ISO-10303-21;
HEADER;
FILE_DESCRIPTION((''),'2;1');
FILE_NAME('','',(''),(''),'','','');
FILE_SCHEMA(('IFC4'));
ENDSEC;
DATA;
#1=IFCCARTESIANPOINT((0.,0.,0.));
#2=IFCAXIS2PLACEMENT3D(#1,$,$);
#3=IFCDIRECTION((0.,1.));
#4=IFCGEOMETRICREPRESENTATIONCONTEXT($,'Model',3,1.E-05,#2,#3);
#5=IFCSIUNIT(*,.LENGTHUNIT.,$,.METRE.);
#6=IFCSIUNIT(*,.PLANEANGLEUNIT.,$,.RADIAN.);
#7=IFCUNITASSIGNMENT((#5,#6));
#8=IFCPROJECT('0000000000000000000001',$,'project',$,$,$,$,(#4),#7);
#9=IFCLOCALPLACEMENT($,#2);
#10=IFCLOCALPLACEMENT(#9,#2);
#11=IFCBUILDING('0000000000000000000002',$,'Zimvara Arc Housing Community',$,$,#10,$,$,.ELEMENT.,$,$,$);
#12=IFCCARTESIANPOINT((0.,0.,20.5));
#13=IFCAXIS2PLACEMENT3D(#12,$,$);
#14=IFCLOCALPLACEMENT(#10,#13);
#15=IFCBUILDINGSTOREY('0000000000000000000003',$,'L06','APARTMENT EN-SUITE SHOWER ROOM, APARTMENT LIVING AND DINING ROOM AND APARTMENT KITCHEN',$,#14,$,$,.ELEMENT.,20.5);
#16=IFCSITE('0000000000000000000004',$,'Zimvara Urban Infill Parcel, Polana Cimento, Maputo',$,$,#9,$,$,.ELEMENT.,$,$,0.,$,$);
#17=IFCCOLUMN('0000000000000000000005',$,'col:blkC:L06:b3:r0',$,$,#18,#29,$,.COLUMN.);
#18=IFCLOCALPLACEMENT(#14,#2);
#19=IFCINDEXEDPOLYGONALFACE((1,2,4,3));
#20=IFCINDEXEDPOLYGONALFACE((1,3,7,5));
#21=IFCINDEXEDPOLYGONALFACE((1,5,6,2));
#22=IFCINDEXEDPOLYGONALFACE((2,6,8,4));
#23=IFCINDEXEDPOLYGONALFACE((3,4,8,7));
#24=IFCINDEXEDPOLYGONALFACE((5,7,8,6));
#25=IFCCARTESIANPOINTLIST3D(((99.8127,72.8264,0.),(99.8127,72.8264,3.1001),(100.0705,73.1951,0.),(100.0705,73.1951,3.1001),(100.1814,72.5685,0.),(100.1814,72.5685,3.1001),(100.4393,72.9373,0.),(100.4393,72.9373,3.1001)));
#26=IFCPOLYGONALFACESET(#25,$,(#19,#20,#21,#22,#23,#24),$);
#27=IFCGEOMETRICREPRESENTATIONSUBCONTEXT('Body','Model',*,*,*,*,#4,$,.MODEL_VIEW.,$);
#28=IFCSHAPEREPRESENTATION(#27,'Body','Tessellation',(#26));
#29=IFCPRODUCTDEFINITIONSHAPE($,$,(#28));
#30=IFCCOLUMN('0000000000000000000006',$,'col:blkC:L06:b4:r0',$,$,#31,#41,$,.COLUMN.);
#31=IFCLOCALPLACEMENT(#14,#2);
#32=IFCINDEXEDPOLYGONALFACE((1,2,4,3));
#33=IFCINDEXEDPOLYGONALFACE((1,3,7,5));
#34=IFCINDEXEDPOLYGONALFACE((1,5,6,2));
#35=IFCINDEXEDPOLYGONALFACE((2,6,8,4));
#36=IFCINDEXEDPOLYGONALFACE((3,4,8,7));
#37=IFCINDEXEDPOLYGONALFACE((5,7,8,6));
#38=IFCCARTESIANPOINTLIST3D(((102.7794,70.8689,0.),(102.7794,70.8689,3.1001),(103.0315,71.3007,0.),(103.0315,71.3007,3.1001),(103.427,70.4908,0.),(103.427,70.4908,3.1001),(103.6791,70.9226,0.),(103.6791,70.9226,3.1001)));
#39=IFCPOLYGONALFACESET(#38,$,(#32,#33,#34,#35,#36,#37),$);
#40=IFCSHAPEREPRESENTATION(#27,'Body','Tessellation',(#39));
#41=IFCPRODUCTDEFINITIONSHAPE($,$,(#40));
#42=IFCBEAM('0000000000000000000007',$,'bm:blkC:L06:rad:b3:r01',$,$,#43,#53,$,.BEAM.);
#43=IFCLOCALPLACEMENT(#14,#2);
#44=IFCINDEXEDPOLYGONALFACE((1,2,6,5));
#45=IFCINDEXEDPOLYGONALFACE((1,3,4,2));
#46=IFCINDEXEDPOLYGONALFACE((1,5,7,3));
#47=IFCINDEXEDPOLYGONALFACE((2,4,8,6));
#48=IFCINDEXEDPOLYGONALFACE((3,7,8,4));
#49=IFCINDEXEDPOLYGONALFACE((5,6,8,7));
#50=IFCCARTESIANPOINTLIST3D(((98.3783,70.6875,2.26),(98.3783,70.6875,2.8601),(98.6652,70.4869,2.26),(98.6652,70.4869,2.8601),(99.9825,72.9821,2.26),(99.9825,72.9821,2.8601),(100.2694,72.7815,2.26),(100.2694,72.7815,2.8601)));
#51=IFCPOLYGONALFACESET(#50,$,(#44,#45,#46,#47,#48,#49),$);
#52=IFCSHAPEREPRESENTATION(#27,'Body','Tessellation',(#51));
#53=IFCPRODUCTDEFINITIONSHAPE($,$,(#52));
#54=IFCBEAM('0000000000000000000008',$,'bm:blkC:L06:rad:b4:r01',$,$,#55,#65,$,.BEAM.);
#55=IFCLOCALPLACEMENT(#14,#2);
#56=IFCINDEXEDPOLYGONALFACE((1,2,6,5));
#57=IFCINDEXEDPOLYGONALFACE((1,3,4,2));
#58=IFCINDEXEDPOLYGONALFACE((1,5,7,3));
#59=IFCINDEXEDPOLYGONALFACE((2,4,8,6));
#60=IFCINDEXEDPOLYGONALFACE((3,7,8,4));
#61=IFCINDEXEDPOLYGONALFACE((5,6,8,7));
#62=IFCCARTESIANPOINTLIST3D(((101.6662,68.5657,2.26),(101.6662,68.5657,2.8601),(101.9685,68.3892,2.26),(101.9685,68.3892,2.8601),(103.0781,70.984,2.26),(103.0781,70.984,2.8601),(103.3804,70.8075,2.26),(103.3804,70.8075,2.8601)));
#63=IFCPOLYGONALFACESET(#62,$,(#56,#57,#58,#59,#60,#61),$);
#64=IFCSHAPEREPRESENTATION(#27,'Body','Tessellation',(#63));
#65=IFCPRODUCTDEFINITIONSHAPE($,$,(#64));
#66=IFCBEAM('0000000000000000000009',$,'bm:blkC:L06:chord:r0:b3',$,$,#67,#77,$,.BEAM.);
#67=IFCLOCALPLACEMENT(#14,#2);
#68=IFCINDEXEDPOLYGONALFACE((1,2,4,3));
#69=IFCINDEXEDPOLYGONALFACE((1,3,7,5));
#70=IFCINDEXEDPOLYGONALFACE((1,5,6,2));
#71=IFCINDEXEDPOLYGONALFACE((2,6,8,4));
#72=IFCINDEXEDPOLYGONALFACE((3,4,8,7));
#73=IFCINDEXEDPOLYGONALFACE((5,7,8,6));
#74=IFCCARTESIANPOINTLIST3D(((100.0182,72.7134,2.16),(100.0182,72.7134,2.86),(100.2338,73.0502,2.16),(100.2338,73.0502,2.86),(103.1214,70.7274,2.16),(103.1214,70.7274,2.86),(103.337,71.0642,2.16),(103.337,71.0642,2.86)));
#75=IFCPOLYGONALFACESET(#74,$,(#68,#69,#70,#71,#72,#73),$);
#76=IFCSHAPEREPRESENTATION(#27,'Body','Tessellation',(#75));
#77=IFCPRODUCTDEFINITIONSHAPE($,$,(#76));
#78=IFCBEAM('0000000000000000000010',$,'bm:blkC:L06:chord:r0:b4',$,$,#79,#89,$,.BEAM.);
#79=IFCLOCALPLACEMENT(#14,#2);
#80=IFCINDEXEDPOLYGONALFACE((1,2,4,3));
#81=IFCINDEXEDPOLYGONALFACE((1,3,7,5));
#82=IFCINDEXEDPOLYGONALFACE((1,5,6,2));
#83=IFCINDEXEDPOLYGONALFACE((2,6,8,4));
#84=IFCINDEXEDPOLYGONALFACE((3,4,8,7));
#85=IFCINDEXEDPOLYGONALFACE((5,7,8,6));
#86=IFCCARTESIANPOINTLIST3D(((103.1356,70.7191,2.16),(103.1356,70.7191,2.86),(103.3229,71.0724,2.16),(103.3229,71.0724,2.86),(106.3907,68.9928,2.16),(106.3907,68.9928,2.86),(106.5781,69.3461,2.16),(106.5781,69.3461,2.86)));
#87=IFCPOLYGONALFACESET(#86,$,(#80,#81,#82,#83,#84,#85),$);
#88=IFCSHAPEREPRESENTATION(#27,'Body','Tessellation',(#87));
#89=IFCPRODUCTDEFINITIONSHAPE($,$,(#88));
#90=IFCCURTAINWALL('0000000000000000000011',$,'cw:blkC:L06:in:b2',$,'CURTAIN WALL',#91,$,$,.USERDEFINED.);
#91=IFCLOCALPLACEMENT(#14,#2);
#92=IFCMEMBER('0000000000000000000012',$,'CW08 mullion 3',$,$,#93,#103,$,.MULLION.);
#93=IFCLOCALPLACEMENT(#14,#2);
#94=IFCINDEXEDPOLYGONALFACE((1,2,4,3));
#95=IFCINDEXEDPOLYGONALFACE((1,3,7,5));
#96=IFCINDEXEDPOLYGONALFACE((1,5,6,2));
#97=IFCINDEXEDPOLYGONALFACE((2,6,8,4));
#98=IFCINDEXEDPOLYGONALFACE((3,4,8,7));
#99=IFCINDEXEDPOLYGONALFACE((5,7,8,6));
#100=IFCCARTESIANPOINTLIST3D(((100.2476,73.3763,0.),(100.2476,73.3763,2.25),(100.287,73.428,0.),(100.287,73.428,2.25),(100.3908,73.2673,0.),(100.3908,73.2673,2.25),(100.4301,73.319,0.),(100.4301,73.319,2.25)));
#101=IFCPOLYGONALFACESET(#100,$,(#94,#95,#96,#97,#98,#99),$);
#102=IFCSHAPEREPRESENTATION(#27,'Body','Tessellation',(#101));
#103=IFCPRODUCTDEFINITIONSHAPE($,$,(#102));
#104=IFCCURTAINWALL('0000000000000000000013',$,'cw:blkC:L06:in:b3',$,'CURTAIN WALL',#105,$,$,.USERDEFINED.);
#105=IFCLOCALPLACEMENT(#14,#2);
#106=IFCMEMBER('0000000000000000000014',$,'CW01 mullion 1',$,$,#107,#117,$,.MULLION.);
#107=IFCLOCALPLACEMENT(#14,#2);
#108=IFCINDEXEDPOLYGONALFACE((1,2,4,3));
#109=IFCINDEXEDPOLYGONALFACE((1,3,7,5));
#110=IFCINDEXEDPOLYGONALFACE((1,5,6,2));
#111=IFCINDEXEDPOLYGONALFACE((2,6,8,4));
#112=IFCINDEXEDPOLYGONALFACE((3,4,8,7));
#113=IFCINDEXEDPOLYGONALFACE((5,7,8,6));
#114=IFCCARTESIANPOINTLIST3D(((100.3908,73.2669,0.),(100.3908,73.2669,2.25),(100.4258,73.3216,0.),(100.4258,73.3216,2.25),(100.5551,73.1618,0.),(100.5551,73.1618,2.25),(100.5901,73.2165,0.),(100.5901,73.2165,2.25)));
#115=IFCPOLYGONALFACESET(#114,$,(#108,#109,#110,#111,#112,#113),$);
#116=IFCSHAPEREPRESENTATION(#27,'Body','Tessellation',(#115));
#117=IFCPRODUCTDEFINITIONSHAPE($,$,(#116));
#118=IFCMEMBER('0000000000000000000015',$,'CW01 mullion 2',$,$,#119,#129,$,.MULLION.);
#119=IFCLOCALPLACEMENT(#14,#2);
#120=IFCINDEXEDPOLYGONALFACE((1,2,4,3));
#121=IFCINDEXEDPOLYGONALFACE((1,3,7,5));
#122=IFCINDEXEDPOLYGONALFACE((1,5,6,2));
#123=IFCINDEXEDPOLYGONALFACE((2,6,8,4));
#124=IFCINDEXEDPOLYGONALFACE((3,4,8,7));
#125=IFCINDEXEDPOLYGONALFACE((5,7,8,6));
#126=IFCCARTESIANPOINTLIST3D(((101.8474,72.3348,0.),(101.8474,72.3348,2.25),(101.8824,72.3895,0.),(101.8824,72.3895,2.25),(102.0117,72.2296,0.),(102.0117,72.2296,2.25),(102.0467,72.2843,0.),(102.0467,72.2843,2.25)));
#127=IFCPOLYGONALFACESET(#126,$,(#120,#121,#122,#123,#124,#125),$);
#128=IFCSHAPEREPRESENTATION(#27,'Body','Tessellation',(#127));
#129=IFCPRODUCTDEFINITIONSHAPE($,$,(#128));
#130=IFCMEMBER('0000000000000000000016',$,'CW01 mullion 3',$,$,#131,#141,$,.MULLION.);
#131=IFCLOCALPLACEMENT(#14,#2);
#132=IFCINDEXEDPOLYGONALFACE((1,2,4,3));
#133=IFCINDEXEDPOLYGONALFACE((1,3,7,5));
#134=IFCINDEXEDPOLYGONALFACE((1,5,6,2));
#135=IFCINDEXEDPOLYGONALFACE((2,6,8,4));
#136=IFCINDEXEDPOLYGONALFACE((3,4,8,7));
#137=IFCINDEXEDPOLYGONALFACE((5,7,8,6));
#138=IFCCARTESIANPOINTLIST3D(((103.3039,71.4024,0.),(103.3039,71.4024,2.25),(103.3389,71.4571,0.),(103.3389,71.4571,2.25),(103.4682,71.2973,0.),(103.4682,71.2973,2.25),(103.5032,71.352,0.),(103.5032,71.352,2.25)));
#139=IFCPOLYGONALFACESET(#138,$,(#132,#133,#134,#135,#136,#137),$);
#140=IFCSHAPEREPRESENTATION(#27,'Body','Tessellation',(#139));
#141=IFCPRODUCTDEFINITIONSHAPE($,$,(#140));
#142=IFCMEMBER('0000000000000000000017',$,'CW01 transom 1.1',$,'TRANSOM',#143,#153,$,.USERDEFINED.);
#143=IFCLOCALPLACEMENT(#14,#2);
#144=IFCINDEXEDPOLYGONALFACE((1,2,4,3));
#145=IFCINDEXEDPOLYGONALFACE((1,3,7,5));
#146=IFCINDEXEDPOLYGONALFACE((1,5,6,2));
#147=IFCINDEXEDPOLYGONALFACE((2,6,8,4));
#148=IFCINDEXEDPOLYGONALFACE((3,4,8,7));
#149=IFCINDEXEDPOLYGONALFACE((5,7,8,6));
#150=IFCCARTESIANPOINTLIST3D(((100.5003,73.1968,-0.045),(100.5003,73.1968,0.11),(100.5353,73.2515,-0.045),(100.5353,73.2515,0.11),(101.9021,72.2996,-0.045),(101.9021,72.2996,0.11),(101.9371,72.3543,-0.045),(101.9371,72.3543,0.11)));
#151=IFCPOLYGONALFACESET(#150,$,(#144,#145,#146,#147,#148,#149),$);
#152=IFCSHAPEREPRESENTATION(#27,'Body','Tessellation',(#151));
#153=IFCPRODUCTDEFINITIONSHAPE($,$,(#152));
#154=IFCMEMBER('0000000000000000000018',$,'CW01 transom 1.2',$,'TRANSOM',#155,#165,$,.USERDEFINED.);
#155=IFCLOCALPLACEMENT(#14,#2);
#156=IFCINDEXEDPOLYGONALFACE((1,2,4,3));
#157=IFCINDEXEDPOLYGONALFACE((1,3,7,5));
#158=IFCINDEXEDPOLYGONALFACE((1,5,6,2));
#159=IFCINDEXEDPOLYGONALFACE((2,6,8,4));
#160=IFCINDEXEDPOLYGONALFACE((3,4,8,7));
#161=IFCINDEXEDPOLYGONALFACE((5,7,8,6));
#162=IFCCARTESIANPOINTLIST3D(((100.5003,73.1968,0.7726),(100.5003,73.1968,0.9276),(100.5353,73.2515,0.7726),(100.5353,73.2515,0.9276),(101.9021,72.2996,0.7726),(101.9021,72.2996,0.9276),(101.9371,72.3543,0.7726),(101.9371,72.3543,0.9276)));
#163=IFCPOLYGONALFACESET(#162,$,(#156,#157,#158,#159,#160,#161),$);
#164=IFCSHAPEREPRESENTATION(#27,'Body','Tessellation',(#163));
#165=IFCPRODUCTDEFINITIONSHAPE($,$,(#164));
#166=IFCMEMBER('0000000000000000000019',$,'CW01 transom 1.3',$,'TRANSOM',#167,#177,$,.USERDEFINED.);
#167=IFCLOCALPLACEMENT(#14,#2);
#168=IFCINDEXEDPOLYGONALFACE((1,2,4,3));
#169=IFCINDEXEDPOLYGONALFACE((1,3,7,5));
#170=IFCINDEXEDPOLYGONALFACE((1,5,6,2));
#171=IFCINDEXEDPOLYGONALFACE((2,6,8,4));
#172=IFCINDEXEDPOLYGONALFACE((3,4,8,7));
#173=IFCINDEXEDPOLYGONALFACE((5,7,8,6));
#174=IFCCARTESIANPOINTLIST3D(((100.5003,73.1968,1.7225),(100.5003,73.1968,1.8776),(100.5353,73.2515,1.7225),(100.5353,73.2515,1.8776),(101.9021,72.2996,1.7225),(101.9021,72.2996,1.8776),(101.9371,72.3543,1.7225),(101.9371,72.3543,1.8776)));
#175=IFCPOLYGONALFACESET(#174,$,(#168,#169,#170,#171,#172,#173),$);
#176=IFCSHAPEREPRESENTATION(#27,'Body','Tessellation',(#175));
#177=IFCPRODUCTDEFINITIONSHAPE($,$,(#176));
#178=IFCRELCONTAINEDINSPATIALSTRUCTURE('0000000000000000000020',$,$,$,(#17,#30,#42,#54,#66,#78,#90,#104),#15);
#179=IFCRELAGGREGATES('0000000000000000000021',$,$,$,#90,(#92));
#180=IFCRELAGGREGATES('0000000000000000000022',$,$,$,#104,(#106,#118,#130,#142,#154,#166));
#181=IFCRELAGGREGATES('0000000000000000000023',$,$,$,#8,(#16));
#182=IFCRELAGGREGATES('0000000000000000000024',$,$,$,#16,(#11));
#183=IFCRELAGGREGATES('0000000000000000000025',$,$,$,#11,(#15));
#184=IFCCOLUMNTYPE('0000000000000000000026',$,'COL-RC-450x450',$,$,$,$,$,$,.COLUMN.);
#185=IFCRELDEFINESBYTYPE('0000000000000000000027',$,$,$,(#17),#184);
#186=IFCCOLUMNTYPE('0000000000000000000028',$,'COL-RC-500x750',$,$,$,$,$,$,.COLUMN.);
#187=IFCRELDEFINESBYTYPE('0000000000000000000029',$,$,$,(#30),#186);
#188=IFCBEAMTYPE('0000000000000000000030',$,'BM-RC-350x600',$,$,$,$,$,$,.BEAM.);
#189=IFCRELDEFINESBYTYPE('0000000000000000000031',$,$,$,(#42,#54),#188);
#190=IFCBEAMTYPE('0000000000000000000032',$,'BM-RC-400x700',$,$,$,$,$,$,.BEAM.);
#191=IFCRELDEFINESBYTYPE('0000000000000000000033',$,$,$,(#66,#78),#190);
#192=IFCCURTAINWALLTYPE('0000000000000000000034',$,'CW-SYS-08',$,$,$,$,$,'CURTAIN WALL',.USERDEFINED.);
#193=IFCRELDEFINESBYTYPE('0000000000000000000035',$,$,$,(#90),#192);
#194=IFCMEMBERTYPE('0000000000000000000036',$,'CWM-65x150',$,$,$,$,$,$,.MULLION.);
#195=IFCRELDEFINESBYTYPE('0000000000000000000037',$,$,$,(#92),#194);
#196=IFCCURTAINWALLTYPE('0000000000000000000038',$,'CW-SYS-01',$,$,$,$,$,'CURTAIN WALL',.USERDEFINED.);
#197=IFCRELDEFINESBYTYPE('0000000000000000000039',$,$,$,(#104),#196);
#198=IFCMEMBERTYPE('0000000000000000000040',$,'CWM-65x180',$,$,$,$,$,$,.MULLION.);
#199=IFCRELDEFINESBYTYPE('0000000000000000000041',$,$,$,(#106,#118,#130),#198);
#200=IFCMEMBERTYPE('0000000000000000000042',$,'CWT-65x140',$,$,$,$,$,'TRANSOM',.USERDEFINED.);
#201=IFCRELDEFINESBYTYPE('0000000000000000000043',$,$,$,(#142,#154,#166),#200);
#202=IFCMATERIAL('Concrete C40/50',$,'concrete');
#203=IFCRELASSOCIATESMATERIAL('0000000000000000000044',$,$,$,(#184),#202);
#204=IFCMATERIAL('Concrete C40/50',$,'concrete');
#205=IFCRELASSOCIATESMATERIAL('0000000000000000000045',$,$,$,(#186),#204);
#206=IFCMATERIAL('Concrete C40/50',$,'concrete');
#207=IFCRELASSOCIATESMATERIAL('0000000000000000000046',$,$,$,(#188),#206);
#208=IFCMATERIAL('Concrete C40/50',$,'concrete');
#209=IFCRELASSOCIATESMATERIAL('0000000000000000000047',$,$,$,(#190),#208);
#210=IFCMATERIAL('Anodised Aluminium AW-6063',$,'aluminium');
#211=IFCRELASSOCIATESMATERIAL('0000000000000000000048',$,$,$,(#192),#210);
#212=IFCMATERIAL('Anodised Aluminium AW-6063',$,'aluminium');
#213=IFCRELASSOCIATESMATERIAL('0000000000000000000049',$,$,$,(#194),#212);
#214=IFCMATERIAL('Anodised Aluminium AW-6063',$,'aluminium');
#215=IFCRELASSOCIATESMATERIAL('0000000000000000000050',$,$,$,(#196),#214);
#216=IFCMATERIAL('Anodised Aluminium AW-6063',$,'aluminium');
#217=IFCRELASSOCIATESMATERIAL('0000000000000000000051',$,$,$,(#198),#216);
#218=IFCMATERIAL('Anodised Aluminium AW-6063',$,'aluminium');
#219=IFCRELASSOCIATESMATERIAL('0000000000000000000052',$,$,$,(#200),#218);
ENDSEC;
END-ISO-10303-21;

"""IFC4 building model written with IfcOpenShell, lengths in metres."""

from ifc_helpers import new_model, si_unit, direction, frame, origin, origin_2d, place, context, subcontext, project, spatial, rectangle, extrude, material, material_profile, profile_set, type_object, element, aggregate, save


model = new_model("IFC4")

# Units and contexts
model_context = context("Model", 3, precision=1e-05, world=origin(), true_north=direction((0.0, 1.0)))
body_context = subcontext(model_context, "Body", "Model", "MODEL_VIEW")
ifc_project = project(units=[si_unit("LENGTHUNIT", "METRE"), si_unit("PLANEANGLEUNIT", "RADIAN")], contexts=[model_context])

# Site, building, storey
site_placement = place(None, origin())
site = spatial("IfcSite", under=ifc_project, at=site_placement, Name="Zimvara Urban Infill Parcel, Polana Cimento, Maputo", CompositionType="ELEMENT", RefElevation=0.0)
building_placement = place(site_placement, origin())
building = spatial("IfcBuilding", under=site, at=building_placement, Name="Zimvara Arc Housing Community", CompositionType="ELEMENT")
storey_placement = place(building_placement, frame((0.0, 0.0, 20.5)))
storey = spatial("IfcBuildingStorey", under=building, at=storey_placement, Name="L06", Description="APARTMENT EN-SUITE SHOWER ROOM, APARTMENT LIVING AND DINING ROOM AND APARTMENT KITCHEN", CompositionType="ELEMENT", Elevation=20.5)

# Columns
ifc_material_1 = material(Name="Concrete C40/50", Category="concrete")
ifc_material_profile_1 = material_profile(ifc_material_1, rectangle(XDim=0.45, YDim=0.45, at=origin_2d()), Name="RC 450x450")
ifc_profile_set_1 = profile_set([ifc_material_profile_1], Name="Concrete C40/50")
column_type_1 = type_object("IfcColumnType", Name="COL-RC-450x450", PredefinedType="COLUMN", material=ifc_profile_set_1)
column_1_placement = place(storey_placement, frame((100.126, 72.8818, 0.0), z_axis=(0.0, 0.0, 1.0), x_axis=(-0.573004, -0.819552, 0.0)))
element("IfcColumn", 1, at=column_1_placement, inside=storey, type_object=column_type_1, Name="col:blkC:L06:b3:r0", PredefinedType="COLUMN", context=body_context, shape_type="SweptSolid", body=[
    extrude(rectangle(XDim=0.45, YDim=0.45, at=origin_2d()), origin(), (0.0, 0.0, 1.0), 3.1001),
])
ifc_material_2 = material(Name="Concrete C40/50", Category="concrete")
ifc_material_profile_2 = material_profile(ifc_material_2, rectangle(XDim=0.5, YDim=0.75, at=origin_2d()), Name="RC 500x750")
ifc_profile_set_2 = profile_set([ifc_material_profile_2], Name="Concrete C40/50")
column_type_2 = type_object("IfcColumnType", Name="COL-RC-500x750", PredefinedType="COLUMN", material=ifc_profile_set_2)
column_2_placement = place(storey_placement, frame((103.2292, 70.8958, 0.0), z_axis=(0.0, 0.0, 1.0), x_axis=(-0.504226, -0.863572, 0.0)))
element("IfcColumn", 2, at=column_2_placement, inside=storey, type_object=column_type_2, Name="col:blkC:L06:b4:r0", PredefinedType="COLUMN", context=body_context, shape_type="SweptSolid", body=[
    extrude(rectangle(XDim=0.5, YDim=0.75, at=origin_2d()), origin(), (0.0, 0.0, 1.0), 3.1001),
])

# Beams
ifc_material_3 = material(Name="Concrete C40/50", Category="concrete")
ifc_material_profile_3 = material_profile(ifc_material_3, rectangle(XDim=0.3501, YDim=0.6001, at=origin_2d()), Name="RC 350x600")
ifc_profile_set_3 = profile_set([ifc_material_profile_3], Name="Concrete C40/50")
beam_type_1 = type_object("IfcBeamType", Name="BM-RC-350x600", PredefinedType="BEAM", material=ifc_profile_set_3)
beam_1_placement = place(storey_placement, frame((100.126, 72.8818, 2.5601), z_axis=(-0.572977, -0.819572, 0.0), x_axis=(0.819572, -0.572977, 0.0)))
element("IfcBeam", 3, at=beam_1_placement, inside=storey, type_object=beam_type_1, Name="bm:blkC:L06:rad:b3:r01", PredefinedType="BEAM", context=body_context, shape_type="SweptSolid", body=[
    extrude(rectangle(XDim=0.3501, YDim=0.6001, at=origin_2d()), origin(), (0.0, 0.0, 1.0), 2.7998),
])
beam_2_placement = place(storey_placement, frame((103.2292, 70.8958, 2.5601), z_axis=(-0.504202, -0.863586, 0.0), x_axis=(0.863586, -0.504202, 0.0)))
element("IfcBeam", 4, at=beam_2_placement, inside=storey, type_object=beam_type_1, Name="bm:blkC:L06:rad:b4:r01", PredefinedType="BEAM", context=body_context, shape_type="SweptSolid", body=[
    extrude(rectangle(XDim=0.3501, YDim=0.6001, at=origin_2d()), origin(), (0.0, 0.0, 1.0), 2.8003),
])
ifc_material_4 = material(Name="Concrete C40/50", Category="concrete")
ifc_material_profile_4 = material_profile(ifc_material_4, rectangle(XDim=0.3999, YDim=0.7, at=origin_2d()), Name="RC 400x700")
ifc_profile_set_4 = profile_set([ifc_material_profile_4], Name="Concrete C40/50")
beam_type_2 = type_object("IfcBeamType", Name="BM-RC-400x700", PredefinedType="BEAM", material=ifc_profile_set_4)
beam_3_placement = place(storey_placement, frame((100.126, 72.8818, 2.51), z_axis=(0.842273, -0.539052, 0.0), x_axis=(0.539052, 0.842273, 0.0)))
element("IfcBeam", 5, at=beam_3_placement, inside=storey, type_object=beam_type_2, Name="bm:blkC:L06:chord:r0:b3", PredefinedType="BEAM", context=body_context, shape_type="SweptSolid", body=[
    extrude(rectangle(XDim=0.3999, YDim=0.7, at=origin_2d()), origin(), (0.0, 0.0, 1.0), 3.6843),
])
beam_4_placement = place(storey_placement, frame((103.2292, 70.8958, 2.51), z_axis=(0.883449, -0.468527, 0.0), x_axis=(0.468527, 0.883449, 0.0)))
element("IfcBeam", 6, at=beam_4_placement, inside=storey, type_object=beam_type_2, Name="bm:blkC:L06:chord:r0:b4", PredefinedType="BEAM", context=body_context, shape_type="SweptSolid", body=[
    extrude(rectangle(XDim=0.3999, YDim=0.7, at=origin_2d()), origin(), (0.0, 0.0, 1.0), 3.6846),
])

# Curtain wall, member
ifc_material_5 = material(Name="Anodised Aluminium AW-6063", Category="aluminium")
curtain_wall_type_1 = type_object("IfcCurtainWallType", Name="CW-SYS-08", ElementType="CURTAIN WALL", PredefinedType="USERDEFINED", material=ifc_material_5)
curtain_wall_1_placement = place(storey_placement, origin())
curtain_wall_1 = element("IfcCurtainWall", 7, at=curtain_wall_1_placement, inside=storey, type_object=curtain_wall_type_1, Name="cw:blkC:L06:in:b2", ObjectType="CURTAIN WALL", PredefinedType="USERDEFINED")
ifc_material_6 = material(Name="Anodised Aluminium AW-6063", Category="aluminium")
ifc_material_profile_5 = material_profile(ifc_material_6, rectangle(XDim=0.0649, YDim=0.1799, at=origin_2d()), Name="ALU 65x180")
ifc_profile_set_5 = profile_set([ifc_material_profile_5], Name="Anodised Aluminium AW-6063")
member_type_1 = type_object("IfcMemberType", Name="CWM-65x150", PredefinedType="MULLION", material=ifc_profile_set_5)
member_1_placement = place(storey_placement, frame((100.3389, 73.3477, 0.0), z_axis=(0.0, 0.0, 1.0), x_axis=(0.605988, 0.795474, 0.0)))
member_1 = element("IfcMember", 8, at=member_1_placement, type_object=member_type_1, Name="CW08 mullion 3", PredefinedType="MULLION", context=body_context, shape_type="SweptSolid", body=[
    extrude(rectangle(XDim=0.0649, YDim=0.1799, at=origin_2d()), origin(), (0.0, 0.0, 1.0), 2.25),
])

# Curtain wall, members
ifc_material_7 = material(Name="Anodised Aluminium AW-6063", Category="aluminium")
curtain_wall_type_2 = type_object("IfcCurtainWallType", Name="CW-SYS-01", ElementType="CURTAIN WALL", PredefinedType="USERDEFINED", material=ifc_material_7)
curtain_wall_2_placement = place(storey_placement, origin())
curtain_wall_2 = element("IfcCurtainWall", 9, at=curtain_wall_2_placement, inside=storey, type_object=curtain_wall_type_2, Name="cw:blkC:L06:in:b3", ObjectType="CURTAIN WALL", PredefinedType="USERDEFINED")
ifc_material_8 = material(Name="Anodised Aluminium AW-6063", Category="aluminium")
ifc_material_profile_6 = material_profile(ifc_material_8, rectangle(XDim=0.0649, YDim=0.1951, at=origin_2d()), Name="ALU 65x195")
ifc_profile_set_6 = profile_set([ifc_material_profile_6], Name="Anodised Aluminium AW-6063")
member_type_2 = type_object("IfcMemberType", Name="CWM-65x180", PredefinedType="MULLION", material=ifc_profile_set_6)
member_2_placement = place(storey_placement, frame((100.4905, 73.2417, 0.0), z_axis=(0.0, 0.0, 1.0), x_axis=(0.539064, 0.842265, 0.0)))
member_2 = element("IfcMember", 10, at=member_2_placement, type_object=member_type_2, Name="CW01 mullion 1", PredefinedType="MULLION", context=body_context, shape_type="SweptSolid", body=[
    extrude(rectangle(XDim=0.0649, YDim=0.1951, at=origin_2d()), origin(), (0.0, 0.0, 1.0), 2.25),
])
member_3_placement = place(storey_placement, frame((101.947, 72.3096, 0.0), z_axis=(0.0, 0.0, 1.0), x_axis=(0.539064, 0.842265, 0.0)))
member_3 = element("IfcMember", 11, at=member_3_placement, type_object=member_type_2, Name="CW01 mullion 2", PredefinedType="MULLION", context=body_context, shape_type="SweptSolid", body=[
    extrude(rectangle(XDim=0.0649, YDim=0.1951, at=origin_2d()), origin(), (0.0, 0.0, 1.0), 2.25),
])
member_4_placement = place(storey_placement, frame((103.4036, 71.3772, 0.0), z_axis=(0.0, 0.0, 1.0), x_axis=(0.539064, 0.842265, 0.0)))
member_4 = element("IfcMember", 12, at=member_4_placement, type_object=member_type_2, Name="CW01 mullion 3", PredefinedType="MULLION", context=body_context, shape_type="SweptSolid", body=[
    extrude(rectangle(XDim=0.0649, YDim=0.1951, at=origin_2d()), origin(), (0.0, 0.0, 1.0), 2.25),
])
ifc_material_9 = material(Name="Anodised Aluminium AW-6063", Category="aluminium")
ifc_material_profile_7 = material_profile(ifc_material_9, rectangle(XDim=0.0649, YDim=0.155, at=origin_2d()), Name="ALU 65x155")
ifc_profile_set_7 = profile_set([ifc_material_profile_7], Name="Anodised Aluminium AW-6063")
member_type_3 = type_object("IfcMemberType", Name="CWT-65x140", ElementType="TRANSOM", PredefinedType="USERDEFINED", material=ifc_profile_set_7)
member_5_placement = place(storey_placement, frame((100.5178, 73.2241, 0.0325), z_axis=(0.842263, -0.539066, 0.0), x_axis=(0.539066, 0.842263, 0.0)))
member_5 = element("IfcMember", 13, at=member_5_placement, type_object=member_type_3, Name="CW01 transom 1.1", ObjectType="TRANSOM", PredefinedType="USERDEFINED", context=body_context, shape_type="SweptSolid", body=[
    extrude(rectangle(XDim=0.0649, YDim=0.155, at=origin_2d()), origin(), (0.0, 0.0, 1.0), 1.6643),
])
member_6_placement = place(storey_placement, frame((100.5178, 73.2241, 0.8501), z_axis=(0.842263, -0.539066, 0.0), x_axis=(0.539066, 0.842263, 0.0)))
member_6 = element("IfcMember", 14, at=member_6_placement, type_object=member_type_3, Name="CW01 transom 1.2", ObjectType="TRANSOM", PredefinedType="USERDEFINED", context=body_context, shape_type="SweptSolid", body=[
    extrude(rectangle(XDim=0.0649, YDim=0.155, at=origin_2d()), origin(), (0.0, 0.0, 1.0), 1.6643),
])
member_7_placement = place(storey_placement, frame((100.5178, 73.2241, 1.8), z_axis=(0.842263, -0.539066, 0.0), x_axis=(0.539066, 0.842263, 0.0)))
member_7 = element("IfcMember", 15, at=member_7_placement, type_object=member_type_3, Name="CW01 transom 1.3", ObjectType="TRANSOM", PredefinedType="USERDEFINED", context=body_context, shape_type="SweptSolid", body=[
    extrude(rectangle(XDim=0.0649, YDim=0.155, at=origin_2d()), origin(), (0.0, 0.0, 1.0), 1.6643),
])

aggregate(curtain_wall_1, [member_1])
aggregate(curtain_wall_2, [member_2, member_3, member_4, member_5, member_6, member_7])

save(model, "model.ifc")
